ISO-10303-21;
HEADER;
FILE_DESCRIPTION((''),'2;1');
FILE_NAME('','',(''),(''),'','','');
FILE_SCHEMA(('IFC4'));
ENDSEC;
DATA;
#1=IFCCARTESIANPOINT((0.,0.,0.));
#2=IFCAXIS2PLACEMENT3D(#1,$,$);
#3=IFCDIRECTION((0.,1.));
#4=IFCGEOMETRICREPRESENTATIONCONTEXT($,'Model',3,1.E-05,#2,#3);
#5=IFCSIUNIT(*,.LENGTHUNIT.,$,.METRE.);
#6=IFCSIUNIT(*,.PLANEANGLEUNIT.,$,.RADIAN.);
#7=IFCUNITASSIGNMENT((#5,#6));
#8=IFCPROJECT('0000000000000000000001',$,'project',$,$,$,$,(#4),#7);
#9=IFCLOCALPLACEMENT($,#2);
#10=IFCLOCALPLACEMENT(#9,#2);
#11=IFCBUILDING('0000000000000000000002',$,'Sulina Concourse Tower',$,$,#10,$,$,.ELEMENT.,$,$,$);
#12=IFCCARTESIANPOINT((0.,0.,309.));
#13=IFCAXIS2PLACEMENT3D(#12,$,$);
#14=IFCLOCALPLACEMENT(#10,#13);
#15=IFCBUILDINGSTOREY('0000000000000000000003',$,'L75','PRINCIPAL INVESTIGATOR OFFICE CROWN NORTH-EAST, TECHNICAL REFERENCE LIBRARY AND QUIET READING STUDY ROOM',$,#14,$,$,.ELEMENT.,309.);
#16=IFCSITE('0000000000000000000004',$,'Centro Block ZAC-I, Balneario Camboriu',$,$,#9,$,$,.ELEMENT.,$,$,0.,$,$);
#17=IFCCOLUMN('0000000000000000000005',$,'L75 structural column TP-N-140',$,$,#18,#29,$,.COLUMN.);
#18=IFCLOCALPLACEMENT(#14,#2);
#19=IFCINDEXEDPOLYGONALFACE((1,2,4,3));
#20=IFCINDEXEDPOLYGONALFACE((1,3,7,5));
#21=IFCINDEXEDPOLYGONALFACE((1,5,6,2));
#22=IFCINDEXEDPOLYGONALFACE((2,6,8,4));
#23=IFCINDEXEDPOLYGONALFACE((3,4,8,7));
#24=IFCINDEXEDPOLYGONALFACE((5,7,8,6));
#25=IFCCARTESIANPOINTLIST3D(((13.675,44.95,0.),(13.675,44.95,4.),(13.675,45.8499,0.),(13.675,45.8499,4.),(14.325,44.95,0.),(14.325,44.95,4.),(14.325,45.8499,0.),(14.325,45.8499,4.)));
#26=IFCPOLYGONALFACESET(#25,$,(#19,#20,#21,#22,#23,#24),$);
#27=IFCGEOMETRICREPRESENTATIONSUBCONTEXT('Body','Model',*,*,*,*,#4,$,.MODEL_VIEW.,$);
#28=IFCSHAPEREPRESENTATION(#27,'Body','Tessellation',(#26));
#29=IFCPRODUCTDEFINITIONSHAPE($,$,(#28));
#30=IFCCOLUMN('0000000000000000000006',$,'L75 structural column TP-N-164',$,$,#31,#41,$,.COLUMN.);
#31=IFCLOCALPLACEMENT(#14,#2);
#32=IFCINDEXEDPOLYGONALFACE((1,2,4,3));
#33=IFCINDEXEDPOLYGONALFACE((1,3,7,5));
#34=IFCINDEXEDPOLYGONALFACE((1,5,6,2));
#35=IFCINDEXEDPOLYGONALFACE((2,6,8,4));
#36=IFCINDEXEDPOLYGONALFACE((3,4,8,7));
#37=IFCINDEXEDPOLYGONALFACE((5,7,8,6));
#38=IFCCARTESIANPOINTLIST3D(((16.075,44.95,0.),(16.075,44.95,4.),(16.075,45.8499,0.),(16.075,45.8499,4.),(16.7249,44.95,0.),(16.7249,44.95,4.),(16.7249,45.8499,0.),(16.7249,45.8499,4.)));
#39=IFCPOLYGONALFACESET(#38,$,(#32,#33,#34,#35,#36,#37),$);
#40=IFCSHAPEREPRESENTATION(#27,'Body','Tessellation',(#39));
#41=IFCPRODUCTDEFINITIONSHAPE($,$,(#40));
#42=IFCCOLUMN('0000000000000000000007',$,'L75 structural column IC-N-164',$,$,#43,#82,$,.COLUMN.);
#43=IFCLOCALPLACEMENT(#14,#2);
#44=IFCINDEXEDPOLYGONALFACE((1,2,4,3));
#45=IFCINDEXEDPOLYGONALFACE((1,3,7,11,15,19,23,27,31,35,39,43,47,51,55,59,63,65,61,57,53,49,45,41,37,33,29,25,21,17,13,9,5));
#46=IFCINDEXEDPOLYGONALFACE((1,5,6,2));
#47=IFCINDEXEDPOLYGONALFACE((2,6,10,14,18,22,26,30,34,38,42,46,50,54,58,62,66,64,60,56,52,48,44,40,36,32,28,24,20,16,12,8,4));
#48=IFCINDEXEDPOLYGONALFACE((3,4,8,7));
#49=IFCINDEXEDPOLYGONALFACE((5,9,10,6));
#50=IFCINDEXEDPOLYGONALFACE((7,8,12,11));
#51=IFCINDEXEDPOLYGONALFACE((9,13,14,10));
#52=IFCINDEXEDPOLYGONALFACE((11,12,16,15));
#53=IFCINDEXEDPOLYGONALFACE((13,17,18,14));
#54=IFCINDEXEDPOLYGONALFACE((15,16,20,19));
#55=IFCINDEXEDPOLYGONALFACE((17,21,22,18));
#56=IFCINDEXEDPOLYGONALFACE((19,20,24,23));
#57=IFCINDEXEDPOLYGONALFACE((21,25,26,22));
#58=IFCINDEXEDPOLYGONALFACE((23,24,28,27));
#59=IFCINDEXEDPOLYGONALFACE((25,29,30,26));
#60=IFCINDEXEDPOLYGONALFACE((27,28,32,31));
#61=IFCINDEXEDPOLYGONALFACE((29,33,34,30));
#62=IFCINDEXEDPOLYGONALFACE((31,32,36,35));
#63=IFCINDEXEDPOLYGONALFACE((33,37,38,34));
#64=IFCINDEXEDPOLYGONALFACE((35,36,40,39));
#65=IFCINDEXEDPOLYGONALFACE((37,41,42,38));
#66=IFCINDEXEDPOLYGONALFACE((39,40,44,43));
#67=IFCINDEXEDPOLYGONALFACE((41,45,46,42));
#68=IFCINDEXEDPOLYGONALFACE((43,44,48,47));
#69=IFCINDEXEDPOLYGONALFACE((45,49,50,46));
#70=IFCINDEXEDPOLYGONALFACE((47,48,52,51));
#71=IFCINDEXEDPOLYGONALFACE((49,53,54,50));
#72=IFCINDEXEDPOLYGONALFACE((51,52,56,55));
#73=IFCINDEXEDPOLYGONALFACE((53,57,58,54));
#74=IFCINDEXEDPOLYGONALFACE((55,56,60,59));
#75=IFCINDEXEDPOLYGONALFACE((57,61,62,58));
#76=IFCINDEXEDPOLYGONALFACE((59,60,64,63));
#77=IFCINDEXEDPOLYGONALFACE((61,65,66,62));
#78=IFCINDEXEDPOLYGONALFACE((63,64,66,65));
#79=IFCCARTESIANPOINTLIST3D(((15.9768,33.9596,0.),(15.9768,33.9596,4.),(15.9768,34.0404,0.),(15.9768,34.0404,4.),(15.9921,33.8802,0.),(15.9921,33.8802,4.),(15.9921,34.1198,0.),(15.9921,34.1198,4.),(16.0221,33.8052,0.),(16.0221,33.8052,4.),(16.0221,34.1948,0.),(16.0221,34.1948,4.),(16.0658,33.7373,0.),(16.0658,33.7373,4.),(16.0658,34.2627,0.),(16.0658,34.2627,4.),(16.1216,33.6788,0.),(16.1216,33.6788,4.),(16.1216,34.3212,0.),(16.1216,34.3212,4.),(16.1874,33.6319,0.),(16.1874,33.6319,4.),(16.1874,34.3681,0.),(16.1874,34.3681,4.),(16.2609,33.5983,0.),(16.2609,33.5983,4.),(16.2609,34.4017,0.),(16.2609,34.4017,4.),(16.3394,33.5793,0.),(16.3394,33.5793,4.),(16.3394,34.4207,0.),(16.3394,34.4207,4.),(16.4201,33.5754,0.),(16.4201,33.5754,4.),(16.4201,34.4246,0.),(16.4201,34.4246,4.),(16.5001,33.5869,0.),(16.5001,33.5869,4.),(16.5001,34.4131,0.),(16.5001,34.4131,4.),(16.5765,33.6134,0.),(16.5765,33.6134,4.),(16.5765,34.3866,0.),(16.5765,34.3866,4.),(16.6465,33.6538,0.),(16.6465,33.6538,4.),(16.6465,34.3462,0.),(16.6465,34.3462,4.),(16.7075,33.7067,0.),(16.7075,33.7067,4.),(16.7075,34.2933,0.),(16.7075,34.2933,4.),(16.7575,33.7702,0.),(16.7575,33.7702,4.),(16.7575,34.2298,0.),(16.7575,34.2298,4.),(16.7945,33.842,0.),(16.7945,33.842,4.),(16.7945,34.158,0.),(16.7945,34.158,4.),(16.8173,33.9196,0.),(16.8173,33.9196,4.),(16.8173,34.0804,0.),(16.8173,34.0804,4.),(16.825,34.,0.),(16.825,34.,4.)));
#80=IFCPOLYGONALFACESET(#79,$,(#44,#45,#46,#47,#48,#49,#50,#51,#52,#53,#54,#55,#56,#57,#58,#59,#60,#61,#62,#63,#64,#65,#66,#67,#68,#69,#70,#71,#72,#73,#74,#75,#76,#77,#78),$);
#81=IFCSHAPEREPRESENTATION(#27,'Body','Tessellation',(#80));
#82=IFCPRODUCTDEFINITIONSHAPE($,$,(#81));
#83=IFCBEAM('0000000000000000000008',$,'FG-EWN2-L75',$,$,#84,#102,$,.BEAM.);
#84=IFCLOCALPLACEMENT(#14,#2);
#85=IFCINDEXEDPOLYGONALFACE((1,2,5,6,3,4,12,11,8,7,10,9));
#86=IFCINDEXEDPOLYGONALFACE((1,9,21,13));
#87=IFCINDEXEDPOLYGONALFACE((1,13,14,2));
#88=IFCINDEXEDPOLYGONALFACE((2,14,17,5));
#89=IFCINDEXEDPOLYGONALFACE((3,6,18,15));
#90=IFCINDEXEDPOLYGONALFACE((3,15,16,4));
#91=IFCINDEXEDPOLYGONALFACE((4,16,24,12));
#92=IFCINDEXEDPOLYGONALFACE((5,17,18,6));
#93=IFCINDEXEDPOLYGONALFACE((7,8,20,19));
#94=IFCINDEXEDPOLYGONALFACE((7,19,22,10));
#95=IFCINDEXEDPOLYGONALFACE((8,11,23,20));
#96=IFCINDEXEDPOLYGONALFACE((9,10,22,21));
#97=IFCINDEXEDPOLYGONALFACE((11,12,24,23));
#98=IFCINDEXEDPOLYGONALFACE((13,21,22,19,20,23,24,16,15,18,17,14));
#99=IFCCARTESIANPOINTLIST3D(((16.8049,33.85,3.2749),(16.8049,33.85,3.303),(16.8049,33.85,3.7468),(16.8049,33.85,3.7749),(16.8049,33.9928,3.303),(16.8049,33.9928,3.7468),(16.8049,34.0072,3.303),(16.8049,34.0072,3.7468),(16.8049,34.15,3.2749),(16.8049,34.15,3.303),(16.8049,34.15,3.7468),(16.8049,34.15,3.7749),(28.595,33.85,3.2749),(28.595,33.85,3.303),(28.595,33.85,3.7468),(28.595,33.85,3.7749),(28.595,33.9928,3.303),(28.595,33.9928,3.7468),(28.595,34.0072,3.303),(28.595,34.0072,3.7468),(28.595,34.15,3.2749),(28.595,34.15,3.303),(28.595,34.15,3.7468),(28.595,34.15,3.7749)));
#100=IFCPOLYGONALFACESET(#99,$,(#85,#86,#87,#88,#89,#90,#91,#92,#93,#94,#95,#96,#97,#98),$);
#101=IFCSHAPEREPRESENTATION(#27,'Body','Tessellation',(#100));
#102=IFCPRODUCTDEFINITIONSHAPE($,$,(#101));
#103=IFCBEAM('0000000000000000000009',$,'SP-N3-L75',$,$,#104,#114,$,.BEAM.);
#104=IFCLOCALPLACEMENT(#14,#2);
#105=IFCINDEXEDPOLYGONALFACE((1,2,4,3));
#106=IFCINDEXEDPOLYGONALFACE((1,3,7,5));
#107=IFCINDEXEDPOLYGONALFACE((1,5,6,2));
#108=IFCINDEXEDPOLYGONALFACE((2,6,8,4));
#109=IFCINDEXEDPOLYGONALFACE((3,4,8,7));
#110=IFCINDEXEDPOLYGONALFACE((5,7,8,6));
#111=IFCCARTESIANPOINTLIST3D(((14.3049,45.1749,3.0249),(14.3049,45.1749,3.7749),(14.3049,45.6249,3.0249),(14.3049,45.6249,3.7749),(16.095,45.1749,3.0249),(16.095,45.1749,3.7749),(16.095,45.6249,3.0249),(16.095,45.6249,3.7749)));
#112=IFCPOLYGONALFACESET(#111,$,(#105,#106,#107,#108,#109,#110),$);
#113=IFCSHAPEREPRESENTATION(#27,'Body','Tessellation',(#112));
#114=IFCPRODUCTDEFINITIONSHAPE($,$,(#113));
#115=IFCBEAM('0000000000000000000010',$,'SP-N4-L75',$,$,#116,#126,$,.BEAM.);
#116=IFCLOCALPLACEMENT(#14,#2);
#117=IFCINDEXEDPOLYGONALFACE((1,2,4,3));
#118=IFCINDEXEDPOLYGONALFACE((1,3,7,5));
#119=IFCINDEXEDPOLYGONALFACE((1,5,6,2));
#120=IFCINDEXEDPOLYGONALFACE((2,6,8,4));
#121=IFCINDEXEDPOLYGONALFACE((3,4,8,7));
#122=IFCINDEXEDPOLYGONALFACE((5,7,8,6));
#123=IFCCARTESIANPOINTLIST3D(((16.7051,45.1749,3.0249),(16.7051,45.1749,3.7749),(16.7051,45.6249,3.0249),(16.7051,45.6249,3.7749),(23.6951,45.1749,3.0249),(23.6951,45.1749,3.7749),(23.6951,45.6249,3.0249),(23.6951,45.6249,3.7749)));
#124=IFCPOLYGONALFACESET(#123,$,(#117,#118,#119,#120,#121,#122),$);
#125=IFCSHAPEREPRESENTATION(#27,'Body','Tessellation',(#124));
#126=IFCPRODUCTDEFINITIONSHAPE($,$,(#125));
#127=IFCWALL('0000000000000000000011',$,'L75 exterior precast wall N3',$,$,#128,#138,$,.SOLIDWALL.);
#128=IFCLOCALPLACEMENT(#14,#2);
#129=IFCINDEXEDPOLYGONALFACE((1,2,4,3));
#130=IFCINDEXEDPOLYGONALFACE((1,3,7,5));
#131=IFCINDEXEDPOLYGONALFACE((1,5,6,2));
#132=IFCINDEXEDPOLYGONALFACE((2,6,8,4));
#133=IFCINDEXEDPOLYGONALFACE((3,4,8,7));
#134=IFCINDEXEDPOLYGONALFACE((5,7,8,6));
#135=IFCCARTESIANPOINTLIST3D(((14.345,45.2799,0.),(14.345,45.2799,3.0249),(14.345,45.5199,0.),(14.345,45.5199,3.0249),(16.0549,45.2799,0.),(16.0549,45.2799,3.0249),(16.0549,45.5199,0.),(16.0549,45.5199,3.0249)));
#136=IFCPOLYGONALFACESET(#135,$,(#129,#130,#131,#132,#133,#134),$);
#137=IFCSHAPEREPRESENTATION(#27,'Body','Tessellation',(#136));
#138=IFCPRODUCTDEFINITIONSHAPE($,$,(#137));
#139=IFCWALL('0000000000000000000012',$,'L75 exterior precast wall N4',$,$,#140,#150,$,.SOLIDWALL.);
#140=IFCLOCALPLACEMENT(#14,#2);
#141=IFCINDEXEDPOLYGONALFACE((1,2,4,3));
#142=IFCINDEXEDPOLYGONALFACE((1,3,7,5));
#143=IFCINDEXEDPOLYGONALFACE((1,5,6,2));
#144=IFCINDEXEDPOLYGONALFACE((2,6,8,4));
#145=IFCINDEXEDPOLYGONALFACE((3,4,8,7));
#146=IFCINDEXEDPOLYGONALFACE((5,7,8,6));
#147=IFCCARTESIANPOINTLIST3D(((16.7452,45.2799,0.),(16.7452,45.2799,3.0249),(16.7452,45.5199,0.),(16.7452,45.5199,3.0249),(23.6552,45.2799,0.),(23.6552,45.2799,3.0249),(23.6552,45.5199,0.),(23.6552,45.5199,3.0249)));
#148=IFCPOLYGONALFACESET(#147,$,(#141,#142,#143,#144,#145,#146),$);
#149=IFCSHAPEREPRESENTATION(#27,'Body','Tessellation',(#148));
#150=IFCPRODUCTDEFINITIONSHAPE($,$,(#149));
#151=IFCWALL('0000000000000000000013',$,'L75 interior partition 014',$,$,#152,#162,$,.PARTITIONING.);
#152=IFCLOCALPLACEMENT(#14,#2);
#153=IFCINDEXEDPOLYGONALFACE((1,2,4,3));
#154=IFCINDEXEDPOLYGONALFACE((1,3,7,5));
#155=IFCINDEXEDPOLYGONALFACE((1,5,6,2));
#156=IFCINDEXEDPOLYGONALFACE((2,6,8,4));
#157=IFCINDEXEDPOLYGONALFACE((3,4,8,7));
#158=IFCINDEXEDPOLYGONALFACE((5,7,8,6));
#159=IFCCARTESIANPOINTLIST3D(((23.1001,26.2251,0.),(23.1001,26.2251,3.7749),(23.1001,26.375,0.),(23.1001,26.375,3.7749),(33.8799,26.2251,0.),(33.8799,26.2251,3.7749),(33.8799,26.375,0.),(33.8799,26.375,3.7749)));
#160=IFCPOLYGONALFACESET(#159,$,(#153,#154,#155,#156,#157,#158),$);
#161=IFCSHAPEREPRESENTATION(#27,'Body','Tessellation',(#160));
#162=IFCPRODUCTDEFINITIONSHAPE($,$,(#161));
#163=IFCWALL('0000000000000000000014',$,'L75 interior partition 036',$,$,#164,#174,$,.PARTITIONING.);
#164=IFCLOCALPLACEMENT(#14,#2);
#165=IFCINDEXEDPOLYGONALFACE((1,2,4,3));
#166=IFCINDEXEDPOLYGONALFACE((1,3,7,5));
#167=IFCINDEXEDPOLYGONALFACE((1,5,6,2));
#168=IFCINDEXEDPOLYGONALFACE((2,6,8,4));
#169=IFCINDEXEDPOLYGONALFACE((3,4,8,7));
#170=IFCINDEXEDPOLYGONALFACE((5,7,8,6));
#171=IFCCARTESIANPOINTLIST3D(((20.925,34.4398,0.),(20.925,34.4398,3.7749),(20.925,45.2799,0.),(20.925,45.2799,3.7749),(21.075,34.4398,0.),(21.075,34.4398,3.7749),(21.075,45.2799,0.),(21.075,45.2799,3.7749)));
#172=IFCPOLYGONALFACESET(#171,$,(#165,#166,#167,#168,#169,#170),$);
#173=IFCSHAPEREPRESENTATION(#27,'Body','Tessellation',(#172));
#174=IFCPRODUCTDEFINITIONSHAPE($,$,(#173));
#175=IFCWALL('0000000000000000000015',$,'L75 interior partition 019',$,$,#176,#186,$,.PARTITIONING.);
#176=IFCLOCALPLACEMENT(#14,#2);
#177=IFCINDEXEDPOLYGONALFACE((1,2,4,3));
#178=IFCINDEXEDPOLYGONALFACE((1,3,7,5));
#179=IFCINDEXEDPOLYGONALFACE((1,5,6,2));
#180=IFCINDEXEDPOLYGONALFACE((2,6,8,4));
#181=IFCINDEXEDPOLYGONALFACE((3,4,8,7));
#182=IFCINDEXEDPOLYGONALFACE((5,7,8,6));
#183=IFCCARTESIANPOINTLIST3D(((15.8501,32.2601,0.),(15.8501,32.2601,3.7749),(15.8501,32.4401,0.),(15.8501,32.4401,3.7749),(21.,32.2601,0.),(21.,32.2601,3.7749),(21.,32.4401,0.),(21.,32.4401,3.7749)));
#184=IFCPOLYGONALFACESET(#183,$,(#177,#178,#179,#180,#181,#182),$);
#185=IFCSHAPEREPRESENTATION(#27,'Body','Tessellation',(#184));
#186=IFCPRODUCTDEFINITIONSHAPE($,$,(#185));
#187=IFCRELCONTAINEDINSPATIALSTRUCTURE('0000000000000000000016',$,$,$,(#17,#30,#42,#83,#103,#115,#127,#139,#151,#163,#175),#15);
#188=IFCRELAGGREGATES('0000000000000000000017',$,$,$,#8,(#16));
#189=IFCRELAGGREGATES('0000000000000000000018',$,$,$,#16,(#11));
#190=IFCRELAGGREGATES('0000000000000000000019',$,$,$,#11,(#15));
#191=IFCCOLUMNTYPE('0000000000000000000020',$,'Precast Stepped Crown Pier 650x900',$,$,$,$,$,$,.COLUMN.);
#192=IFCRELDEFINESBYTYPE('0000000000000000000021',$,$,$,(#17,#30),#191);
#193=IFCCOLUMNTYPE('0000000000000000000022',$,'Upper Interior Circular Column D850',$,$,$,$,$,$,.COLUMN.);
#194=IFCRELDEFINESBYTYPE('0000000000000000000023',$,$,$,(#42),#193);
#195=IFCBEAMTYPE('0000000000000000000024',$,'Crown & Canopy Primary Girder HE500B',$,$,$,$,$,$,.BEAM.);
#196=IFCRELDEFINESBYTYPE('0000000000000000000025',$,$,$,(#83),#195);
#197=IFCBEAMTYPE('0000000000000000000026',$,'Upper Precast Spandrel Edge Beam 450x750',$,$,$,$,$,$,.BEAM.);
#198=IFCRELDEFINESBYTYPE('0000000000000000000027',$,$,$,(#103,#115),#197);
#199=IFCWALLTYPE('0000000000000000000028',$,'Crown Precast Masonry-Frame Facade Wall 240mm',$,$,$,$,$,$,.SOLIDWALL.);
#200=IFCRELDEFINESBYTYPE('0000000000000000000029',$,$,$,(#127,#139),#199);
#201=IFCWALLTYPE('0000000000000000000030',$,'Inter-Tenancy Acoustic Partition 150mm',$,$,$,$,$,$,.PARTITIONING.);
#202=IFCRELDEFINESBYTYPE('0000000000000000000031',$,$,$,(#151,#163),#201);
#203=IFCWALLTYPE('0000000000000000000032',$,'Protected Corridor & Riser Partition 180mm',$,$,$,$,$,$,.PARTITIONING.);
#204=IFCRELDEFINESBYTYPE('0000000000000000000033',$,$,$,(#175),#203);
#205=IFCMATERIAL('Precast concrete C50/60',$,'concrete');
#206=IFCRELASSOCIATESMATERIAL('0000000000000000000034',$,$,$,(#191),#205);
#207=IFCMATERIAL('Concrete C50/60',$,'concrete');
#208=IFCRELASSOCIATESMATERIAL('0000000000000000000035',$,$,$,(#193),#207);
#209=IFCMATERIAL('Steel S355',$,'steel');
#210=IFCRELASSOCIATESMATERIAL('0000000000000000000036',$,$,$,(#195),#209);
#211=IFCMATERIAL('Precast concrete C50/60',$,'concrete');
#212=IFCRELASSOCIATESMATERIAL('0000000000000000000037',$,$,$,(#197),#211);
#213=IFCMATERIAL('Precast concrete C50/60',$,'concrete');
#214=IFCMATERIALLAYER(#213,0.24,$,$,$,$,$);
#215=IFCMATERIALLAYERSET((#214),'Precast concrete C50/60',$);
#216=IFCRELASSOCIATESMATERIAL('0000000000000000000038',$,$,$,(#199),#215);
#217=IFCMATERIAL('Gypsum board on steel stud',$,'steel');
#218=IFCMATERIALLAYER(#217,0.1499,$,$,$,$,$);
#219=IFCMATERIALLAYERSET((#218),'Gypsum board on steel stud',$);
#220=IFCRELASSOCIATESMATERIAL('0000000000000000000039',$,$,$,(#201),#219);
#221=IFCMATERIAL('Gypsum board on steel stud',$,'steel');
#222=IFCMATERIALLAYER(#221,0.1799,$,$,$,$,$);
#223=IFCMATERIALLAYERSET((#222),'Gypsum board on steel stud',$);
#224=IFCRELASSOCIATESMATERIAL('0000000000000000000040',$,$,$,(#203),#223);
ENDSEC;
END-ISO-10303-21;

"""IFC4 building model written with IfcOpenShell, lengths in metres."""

from ifc_helpers import new_model, si_unit, direction, frame, frame_2d, origin, origin_2d, place, context, subcontext, project, spatial, rectangle, circle, i_section, extrude, material, layer, layer_set, material_profile, profile_set, type_object, element, save


model = new_model("IFC4")

# Units and contexts
model_context = context("Model", 3, precision=1e-05, world=origin(), true_north=direction((0.0, 1.0)))
body_context = subcontext(model_context, "Body", "Model", "MODEL_VIEW")
ifc_project = project(units=[si_unit("LENGTHUNIT", "METRE"), si_unit("PLANEANGLEUNIT", "RADIAN")], contexts=[model_context])

# Site, building, storey
site_placement = place(None, origin())
site = spatial("IfcSite", under=ifc_project, at=site_placement, Name="Centro Block ZAC-I, Balneario Camboriu", CompositionType="ELEMENT", RefElevation=0.0)
building_placement = place(site_placement, origin())
building = spatial("IfcBuilding", under=site, at=building_placement, Name="Sulina Concourse Tower", CompositionType="ELEMENT")
storey_placement = place(building_placement, frame((0.0, 0.0, 309.0)))
storey = spatial("IfcBuildingStorey", under=building, at=storey_placement, Name="L75", Description="PRINCIPAL INVESTIGATOR OFFICE CROWN NORTH-EAST, TECHNICAL REFERENCE LIBRARY AND QUIET READING STUDY ROOM", CompositionType="ELEMENT", Elevation=309.0)

# Columns
ifc_material_1 = material(Name="Precast concrete C50/60", Category="concrete")
ifc_material_profile_1 = material_profile(ifc_material_1, rectangle(XDim=0.6499, YDim=0.8999, at=origin_2d()), Name="PC 650x900")
ifc_profile_set_1 = profile_set([ifc_material_profile_1], Name="Precast concrete C50/60")
column_type_1 = type_object("IfcColumnType", Name="Precast Stepped Crown Pier 650x900", PredefinedType="COLUMN", material=ifc_profile_set_1)
for number, where, z_axis, x_axis, name in (
    (1, (14.0, 45.3999, 0.0), (0.0, 0.0, 1.0), (1.0, 0.0, 0.0), "L75 structural column TP-N-140"),
    (2, (16.3999, 45.3999, 0.0), (0.0, 0.0, 1.0), (1.0, 0.0, 0.0), "L75 structural column TP-N-164"),
):
    element("IfcColumn", number, at=place(storey_placement, frame(where, z_axis=z_axis, x_axis=x_axis)), inside=storey, type_object=column_type_1, Name=name, PredefinedType="COLUMN", context=body_context, shape_type="SweptSolid", body=[
        extrude(rectangle(XDim=0.6499, YDim=0.8999, at=origin_2d()), origin(), (0.0, 0.0, 1.0), 4.0),
    ])
ifc_material_2 = material(Name="Concrete C50/60", Category="concrete")
ifc_material_profile_2 = material_profile(ifc_material_2, circle(Radius=0.425, at=origin_2d()), Name="RC D850")
ifc_profile_set_2 = profile_set([ifc_material_profile_2], Name="Concrete C50/60")
column_type_2 = type_object("IfcColumnType", Name="Upper Interior Circular Column D850", PredefinedType="COLUMN", material=ifc_profile_set_2)
column_placement = place(storey_placement, frame((16.3999, 34.0, 0.0), z_axis=(0.0, 0.0, 1.0), x_axis=(1.0, 0.0, 0.0)))
element("IfcColumn", 3, at=column_placement, inside=storey, type_object=column_type_2, Name="L75 structural column IC-N-164", PredefinedType="COLUMN", context=body_context, shape_type="SweptSolid", body=[
    extrude(circle(Radius=0.425, at=origin_2d()), origin(), (0.0, 0.0, 1.0), 4.0),
])

# Beams
ifc_material_3 = material(Name="Steel S355", Category="steel")
ifc_material_profile_3 = material_profile(ifc_material_3, i_section(OverallWidth=0.3, OverallDepth=0.5, WebThickness=0.0144, FlangeThickness=0.0281, at=origin_2d()), Name="HE 500 B")
ifc_profile_set_3 = profile_set([ifc_material_profile_3], Name="Steel S355")
beam_type_1 = type_object("IfcBeamType", Name="Crown & Canopy Primary Girder HE500B", PredefinedType="BEAM", material=ifc_profile_set_3)
beam_1_placement = place(storey_placement, frame((16.8049, 34.0, 3.5249), z_axis=(1.0, 0.0, 0.0), x_axis=(0.0, 1.0, 0.0)))
element("IfcBeam", 4, at=beam_1_placement, inside=storey, type_object=beam_type_1, Name="FG-EWN2-L75", PredefinedType="BEAM", context=body_context, shape_type="SweptSolid", body=[
    extrude(i_section(OverallWidth=0.3, OverallDepth=0.5, WebThickness=0.0144, FlangeThickness=0.0281, at=origin_2d()), origin(), (0.0, 0.0, 1.0), 11.79),
])
ifc_material_4 = material(Name="Precast concrete C50/60", Category="concrete")
ifc_material_profile_4 = material_profile(ifc_material_4, rectangle(XDim=0.45, YDim=0.75, at=origin_2d()), Name="RC 450x750")
ifc_profile_set_4 = profile_set([ifc_material_profile_4], Name="Precast concrete C50/60")
beam_type_2 = type_object("IfcBeamType", Name="Upper Precast Spandrel Edge Beam 450x750", PredefinedType="BEAM", material=ifc_profile_set_4)
beam_2_placement = place(storey_placement, frame((14.3049, 45.3999, 3.3999), z_axis=(1.0, 0.0, 0.0), x_axis=(0.0, 1.0, 0.0)))
element("IfcBeam", 5, at=beam_2_placement, inside=storey, type_object=beam_type_2, Name="SP-N3-L75", PredefinedType="BEAM", context=body_context, shape_type="SweptSolid", body=[
    extrude(rectangle(XDim=0.45, YDim=0.75, at=origin_2d()), origin(), (0.0, 0.0, 1.0), 1.79),
])
beam_3_placement = place(storey_placement, frame((16.7051, 45.3999, 3.3999), z_axis=(1.0, 0.0, 0.0), x_axis=(0.0, 1.0, 0.0)))
element("IfcBeam", 6, at=beam_3_placement, inside=storey, type_object=beam_type_2, Name="SP-N4-L75", PredefinedType="BEAM", context=body_context, shape_type="SweptSolid", body=[
    extrude(rectangle(XDim=0.45, YDim=0.75, at=origin_2d()), origin(), (0.0, 0.0, 1.0), 6.99),
])

# Walls
ifc_material_5 = material(Name="Precast concrete C50/60", Category="concrete")
ifc_layer_1 = layer(ifc_material_5, 0.24)
ifc_layer_set_1 = layer_set([ifc_layer_1], Name="Precast concrete C50/60")
wall_type_1 = type_object("IfcWallType", Name="Crown Precast Masonry-Frame Facade Wall 240mm", PredefinedType="SOLIDWALL", material=ifc_layer_set_1)
wall_1_placement = place(storey_placement, frame((14.345, 45.3999, 0.0), z_axis=(0.0, 0.0, 1.0), x_axis=(1.0, 0.0, 0.0)))
element("IfcWall", 7, at=wall_1_placement, inside=storey, type_object=wall_type_1, Name="L75 exterior precast wall N3", PredefinedType="SOLIDWALL", context=body_context, shape_type="SweptSolid", body=[
    extrude(rectangle(XDim=1.71, YDim=0.24, at=frame_2d((0.855, 0.0))), origin(), (0.0, 0.0, 1.0), 3.0249),
])
wall_2_placement = place(storey_placement, frame((16.7451, 45.3999, 0.0), z_axis=(0.0, 0.0, 1.0), x_axis=(1.0, 0.0, 0.0)))
element("IfcWall", 8, at=wall_2_placement, inside=storey, type_object=wall_type_1, Name="L75 exterior precast wall N4", PredefinedType="SOLIDWALL", context=body_context, shape_type="SweptSolid", body=[
    extrude(rectangle(XDim=6.9099, YDim=0.24, at=frame_2d((3.4551, 0.0))), origin(), (0.0, 0.0, 1.0), 3.0249),
])
ifc_material_6 = material(Name="Gypsum board on steel stud", Category="steel")
ifc_layer_2 = layer(ifc_material_6, 0.1499)
ifc_layer_set_2 = layer_set([ifc_layer_2], Name="Gypsum board on steel stud")
wall_type_2 = type_object("IfcWallType", Name="Inter-Tenancy Acoustic Partition 150mm", PredefinedType="PARTITIONING", material=ifc_layer_set_2)
wall_3_placement = place(storey_placement, frame((23.1001, 26.3, 0.0), z_axis=(0.0, 0.0, 1.0), x_axis=(1.0, 0.0, 0.0)))
element("IfcWall", 9, at=wall_3_placement, inside=storey, type_object=wall_type_2, Name="L75 interior partition 014", PredefinedType="PARTITIONING", context=body_context, shape_type="SweptSolid", body=[
    extrude(rectangle(XDim=10.7798, YDim=0.1499, at=frame_2d((5.3899, 0.0))), origin(), (0.0, 0.0, 1.0), 3.7749),
])

# Walls
wall_4_placement = place(storey_placement, frame((21.0, 34.4399, 0.0), z_axis=(0.0, 0.0, 1.0), x_axis=(0.0, 1.0, 0.0)))
element("IfcWall", 10, at=wall_4_placement, inside=storey, type_object=wall_type_2, Name="L75 interior partition 036", PredefinedType="PARTITIONING", context=body_context, shape_type="SweptSolid", body=[
    extrude(rectangle(XDim=10.8401, YDim=0.1499, at=frame_2d((5.4199, 0.0))), origin(), (0.0, 0.0, 1.0), 3.7749),
])
ifc_material_7 = material(Name="Gypsum board on steel stud", Category="steel")
ifc_layer_3 = layer(ifc_material_7, 0.1799)
ifc_layer_set_3 = layer_set([ifc_layer_3], Name="Gypsum board on steel stud")
wall_type_3 = type_object("IfcWallType", Name="Protected Corridor & Riser Partition 180mm", PredefinedType="PARTITIONING", material=ifc_layer_set_3)
wall_5_placement = place(storey_placement, frame((15.8501, 32.3501, 0.0), z_axis=(0.0, 0.0, 1.0), x_axis=(1.0, 0.0, 0.0)))
element("IfcWall", 11, at=wall_5_placement, inside=storey, type_object=wall_type_3, Name="L75 interior partition 019", PredefinedType="PARTITIONING", context=body_context, shape_type="SweptSolid", body=[
    extrude(rectangle(XDim=5.1499, YDim=0.1799, at=frame_2d((2.575, 0.0))), origin(), (0.0, 0.0, 1.0), 3.7749),
])

save(model, "model.ifc")
